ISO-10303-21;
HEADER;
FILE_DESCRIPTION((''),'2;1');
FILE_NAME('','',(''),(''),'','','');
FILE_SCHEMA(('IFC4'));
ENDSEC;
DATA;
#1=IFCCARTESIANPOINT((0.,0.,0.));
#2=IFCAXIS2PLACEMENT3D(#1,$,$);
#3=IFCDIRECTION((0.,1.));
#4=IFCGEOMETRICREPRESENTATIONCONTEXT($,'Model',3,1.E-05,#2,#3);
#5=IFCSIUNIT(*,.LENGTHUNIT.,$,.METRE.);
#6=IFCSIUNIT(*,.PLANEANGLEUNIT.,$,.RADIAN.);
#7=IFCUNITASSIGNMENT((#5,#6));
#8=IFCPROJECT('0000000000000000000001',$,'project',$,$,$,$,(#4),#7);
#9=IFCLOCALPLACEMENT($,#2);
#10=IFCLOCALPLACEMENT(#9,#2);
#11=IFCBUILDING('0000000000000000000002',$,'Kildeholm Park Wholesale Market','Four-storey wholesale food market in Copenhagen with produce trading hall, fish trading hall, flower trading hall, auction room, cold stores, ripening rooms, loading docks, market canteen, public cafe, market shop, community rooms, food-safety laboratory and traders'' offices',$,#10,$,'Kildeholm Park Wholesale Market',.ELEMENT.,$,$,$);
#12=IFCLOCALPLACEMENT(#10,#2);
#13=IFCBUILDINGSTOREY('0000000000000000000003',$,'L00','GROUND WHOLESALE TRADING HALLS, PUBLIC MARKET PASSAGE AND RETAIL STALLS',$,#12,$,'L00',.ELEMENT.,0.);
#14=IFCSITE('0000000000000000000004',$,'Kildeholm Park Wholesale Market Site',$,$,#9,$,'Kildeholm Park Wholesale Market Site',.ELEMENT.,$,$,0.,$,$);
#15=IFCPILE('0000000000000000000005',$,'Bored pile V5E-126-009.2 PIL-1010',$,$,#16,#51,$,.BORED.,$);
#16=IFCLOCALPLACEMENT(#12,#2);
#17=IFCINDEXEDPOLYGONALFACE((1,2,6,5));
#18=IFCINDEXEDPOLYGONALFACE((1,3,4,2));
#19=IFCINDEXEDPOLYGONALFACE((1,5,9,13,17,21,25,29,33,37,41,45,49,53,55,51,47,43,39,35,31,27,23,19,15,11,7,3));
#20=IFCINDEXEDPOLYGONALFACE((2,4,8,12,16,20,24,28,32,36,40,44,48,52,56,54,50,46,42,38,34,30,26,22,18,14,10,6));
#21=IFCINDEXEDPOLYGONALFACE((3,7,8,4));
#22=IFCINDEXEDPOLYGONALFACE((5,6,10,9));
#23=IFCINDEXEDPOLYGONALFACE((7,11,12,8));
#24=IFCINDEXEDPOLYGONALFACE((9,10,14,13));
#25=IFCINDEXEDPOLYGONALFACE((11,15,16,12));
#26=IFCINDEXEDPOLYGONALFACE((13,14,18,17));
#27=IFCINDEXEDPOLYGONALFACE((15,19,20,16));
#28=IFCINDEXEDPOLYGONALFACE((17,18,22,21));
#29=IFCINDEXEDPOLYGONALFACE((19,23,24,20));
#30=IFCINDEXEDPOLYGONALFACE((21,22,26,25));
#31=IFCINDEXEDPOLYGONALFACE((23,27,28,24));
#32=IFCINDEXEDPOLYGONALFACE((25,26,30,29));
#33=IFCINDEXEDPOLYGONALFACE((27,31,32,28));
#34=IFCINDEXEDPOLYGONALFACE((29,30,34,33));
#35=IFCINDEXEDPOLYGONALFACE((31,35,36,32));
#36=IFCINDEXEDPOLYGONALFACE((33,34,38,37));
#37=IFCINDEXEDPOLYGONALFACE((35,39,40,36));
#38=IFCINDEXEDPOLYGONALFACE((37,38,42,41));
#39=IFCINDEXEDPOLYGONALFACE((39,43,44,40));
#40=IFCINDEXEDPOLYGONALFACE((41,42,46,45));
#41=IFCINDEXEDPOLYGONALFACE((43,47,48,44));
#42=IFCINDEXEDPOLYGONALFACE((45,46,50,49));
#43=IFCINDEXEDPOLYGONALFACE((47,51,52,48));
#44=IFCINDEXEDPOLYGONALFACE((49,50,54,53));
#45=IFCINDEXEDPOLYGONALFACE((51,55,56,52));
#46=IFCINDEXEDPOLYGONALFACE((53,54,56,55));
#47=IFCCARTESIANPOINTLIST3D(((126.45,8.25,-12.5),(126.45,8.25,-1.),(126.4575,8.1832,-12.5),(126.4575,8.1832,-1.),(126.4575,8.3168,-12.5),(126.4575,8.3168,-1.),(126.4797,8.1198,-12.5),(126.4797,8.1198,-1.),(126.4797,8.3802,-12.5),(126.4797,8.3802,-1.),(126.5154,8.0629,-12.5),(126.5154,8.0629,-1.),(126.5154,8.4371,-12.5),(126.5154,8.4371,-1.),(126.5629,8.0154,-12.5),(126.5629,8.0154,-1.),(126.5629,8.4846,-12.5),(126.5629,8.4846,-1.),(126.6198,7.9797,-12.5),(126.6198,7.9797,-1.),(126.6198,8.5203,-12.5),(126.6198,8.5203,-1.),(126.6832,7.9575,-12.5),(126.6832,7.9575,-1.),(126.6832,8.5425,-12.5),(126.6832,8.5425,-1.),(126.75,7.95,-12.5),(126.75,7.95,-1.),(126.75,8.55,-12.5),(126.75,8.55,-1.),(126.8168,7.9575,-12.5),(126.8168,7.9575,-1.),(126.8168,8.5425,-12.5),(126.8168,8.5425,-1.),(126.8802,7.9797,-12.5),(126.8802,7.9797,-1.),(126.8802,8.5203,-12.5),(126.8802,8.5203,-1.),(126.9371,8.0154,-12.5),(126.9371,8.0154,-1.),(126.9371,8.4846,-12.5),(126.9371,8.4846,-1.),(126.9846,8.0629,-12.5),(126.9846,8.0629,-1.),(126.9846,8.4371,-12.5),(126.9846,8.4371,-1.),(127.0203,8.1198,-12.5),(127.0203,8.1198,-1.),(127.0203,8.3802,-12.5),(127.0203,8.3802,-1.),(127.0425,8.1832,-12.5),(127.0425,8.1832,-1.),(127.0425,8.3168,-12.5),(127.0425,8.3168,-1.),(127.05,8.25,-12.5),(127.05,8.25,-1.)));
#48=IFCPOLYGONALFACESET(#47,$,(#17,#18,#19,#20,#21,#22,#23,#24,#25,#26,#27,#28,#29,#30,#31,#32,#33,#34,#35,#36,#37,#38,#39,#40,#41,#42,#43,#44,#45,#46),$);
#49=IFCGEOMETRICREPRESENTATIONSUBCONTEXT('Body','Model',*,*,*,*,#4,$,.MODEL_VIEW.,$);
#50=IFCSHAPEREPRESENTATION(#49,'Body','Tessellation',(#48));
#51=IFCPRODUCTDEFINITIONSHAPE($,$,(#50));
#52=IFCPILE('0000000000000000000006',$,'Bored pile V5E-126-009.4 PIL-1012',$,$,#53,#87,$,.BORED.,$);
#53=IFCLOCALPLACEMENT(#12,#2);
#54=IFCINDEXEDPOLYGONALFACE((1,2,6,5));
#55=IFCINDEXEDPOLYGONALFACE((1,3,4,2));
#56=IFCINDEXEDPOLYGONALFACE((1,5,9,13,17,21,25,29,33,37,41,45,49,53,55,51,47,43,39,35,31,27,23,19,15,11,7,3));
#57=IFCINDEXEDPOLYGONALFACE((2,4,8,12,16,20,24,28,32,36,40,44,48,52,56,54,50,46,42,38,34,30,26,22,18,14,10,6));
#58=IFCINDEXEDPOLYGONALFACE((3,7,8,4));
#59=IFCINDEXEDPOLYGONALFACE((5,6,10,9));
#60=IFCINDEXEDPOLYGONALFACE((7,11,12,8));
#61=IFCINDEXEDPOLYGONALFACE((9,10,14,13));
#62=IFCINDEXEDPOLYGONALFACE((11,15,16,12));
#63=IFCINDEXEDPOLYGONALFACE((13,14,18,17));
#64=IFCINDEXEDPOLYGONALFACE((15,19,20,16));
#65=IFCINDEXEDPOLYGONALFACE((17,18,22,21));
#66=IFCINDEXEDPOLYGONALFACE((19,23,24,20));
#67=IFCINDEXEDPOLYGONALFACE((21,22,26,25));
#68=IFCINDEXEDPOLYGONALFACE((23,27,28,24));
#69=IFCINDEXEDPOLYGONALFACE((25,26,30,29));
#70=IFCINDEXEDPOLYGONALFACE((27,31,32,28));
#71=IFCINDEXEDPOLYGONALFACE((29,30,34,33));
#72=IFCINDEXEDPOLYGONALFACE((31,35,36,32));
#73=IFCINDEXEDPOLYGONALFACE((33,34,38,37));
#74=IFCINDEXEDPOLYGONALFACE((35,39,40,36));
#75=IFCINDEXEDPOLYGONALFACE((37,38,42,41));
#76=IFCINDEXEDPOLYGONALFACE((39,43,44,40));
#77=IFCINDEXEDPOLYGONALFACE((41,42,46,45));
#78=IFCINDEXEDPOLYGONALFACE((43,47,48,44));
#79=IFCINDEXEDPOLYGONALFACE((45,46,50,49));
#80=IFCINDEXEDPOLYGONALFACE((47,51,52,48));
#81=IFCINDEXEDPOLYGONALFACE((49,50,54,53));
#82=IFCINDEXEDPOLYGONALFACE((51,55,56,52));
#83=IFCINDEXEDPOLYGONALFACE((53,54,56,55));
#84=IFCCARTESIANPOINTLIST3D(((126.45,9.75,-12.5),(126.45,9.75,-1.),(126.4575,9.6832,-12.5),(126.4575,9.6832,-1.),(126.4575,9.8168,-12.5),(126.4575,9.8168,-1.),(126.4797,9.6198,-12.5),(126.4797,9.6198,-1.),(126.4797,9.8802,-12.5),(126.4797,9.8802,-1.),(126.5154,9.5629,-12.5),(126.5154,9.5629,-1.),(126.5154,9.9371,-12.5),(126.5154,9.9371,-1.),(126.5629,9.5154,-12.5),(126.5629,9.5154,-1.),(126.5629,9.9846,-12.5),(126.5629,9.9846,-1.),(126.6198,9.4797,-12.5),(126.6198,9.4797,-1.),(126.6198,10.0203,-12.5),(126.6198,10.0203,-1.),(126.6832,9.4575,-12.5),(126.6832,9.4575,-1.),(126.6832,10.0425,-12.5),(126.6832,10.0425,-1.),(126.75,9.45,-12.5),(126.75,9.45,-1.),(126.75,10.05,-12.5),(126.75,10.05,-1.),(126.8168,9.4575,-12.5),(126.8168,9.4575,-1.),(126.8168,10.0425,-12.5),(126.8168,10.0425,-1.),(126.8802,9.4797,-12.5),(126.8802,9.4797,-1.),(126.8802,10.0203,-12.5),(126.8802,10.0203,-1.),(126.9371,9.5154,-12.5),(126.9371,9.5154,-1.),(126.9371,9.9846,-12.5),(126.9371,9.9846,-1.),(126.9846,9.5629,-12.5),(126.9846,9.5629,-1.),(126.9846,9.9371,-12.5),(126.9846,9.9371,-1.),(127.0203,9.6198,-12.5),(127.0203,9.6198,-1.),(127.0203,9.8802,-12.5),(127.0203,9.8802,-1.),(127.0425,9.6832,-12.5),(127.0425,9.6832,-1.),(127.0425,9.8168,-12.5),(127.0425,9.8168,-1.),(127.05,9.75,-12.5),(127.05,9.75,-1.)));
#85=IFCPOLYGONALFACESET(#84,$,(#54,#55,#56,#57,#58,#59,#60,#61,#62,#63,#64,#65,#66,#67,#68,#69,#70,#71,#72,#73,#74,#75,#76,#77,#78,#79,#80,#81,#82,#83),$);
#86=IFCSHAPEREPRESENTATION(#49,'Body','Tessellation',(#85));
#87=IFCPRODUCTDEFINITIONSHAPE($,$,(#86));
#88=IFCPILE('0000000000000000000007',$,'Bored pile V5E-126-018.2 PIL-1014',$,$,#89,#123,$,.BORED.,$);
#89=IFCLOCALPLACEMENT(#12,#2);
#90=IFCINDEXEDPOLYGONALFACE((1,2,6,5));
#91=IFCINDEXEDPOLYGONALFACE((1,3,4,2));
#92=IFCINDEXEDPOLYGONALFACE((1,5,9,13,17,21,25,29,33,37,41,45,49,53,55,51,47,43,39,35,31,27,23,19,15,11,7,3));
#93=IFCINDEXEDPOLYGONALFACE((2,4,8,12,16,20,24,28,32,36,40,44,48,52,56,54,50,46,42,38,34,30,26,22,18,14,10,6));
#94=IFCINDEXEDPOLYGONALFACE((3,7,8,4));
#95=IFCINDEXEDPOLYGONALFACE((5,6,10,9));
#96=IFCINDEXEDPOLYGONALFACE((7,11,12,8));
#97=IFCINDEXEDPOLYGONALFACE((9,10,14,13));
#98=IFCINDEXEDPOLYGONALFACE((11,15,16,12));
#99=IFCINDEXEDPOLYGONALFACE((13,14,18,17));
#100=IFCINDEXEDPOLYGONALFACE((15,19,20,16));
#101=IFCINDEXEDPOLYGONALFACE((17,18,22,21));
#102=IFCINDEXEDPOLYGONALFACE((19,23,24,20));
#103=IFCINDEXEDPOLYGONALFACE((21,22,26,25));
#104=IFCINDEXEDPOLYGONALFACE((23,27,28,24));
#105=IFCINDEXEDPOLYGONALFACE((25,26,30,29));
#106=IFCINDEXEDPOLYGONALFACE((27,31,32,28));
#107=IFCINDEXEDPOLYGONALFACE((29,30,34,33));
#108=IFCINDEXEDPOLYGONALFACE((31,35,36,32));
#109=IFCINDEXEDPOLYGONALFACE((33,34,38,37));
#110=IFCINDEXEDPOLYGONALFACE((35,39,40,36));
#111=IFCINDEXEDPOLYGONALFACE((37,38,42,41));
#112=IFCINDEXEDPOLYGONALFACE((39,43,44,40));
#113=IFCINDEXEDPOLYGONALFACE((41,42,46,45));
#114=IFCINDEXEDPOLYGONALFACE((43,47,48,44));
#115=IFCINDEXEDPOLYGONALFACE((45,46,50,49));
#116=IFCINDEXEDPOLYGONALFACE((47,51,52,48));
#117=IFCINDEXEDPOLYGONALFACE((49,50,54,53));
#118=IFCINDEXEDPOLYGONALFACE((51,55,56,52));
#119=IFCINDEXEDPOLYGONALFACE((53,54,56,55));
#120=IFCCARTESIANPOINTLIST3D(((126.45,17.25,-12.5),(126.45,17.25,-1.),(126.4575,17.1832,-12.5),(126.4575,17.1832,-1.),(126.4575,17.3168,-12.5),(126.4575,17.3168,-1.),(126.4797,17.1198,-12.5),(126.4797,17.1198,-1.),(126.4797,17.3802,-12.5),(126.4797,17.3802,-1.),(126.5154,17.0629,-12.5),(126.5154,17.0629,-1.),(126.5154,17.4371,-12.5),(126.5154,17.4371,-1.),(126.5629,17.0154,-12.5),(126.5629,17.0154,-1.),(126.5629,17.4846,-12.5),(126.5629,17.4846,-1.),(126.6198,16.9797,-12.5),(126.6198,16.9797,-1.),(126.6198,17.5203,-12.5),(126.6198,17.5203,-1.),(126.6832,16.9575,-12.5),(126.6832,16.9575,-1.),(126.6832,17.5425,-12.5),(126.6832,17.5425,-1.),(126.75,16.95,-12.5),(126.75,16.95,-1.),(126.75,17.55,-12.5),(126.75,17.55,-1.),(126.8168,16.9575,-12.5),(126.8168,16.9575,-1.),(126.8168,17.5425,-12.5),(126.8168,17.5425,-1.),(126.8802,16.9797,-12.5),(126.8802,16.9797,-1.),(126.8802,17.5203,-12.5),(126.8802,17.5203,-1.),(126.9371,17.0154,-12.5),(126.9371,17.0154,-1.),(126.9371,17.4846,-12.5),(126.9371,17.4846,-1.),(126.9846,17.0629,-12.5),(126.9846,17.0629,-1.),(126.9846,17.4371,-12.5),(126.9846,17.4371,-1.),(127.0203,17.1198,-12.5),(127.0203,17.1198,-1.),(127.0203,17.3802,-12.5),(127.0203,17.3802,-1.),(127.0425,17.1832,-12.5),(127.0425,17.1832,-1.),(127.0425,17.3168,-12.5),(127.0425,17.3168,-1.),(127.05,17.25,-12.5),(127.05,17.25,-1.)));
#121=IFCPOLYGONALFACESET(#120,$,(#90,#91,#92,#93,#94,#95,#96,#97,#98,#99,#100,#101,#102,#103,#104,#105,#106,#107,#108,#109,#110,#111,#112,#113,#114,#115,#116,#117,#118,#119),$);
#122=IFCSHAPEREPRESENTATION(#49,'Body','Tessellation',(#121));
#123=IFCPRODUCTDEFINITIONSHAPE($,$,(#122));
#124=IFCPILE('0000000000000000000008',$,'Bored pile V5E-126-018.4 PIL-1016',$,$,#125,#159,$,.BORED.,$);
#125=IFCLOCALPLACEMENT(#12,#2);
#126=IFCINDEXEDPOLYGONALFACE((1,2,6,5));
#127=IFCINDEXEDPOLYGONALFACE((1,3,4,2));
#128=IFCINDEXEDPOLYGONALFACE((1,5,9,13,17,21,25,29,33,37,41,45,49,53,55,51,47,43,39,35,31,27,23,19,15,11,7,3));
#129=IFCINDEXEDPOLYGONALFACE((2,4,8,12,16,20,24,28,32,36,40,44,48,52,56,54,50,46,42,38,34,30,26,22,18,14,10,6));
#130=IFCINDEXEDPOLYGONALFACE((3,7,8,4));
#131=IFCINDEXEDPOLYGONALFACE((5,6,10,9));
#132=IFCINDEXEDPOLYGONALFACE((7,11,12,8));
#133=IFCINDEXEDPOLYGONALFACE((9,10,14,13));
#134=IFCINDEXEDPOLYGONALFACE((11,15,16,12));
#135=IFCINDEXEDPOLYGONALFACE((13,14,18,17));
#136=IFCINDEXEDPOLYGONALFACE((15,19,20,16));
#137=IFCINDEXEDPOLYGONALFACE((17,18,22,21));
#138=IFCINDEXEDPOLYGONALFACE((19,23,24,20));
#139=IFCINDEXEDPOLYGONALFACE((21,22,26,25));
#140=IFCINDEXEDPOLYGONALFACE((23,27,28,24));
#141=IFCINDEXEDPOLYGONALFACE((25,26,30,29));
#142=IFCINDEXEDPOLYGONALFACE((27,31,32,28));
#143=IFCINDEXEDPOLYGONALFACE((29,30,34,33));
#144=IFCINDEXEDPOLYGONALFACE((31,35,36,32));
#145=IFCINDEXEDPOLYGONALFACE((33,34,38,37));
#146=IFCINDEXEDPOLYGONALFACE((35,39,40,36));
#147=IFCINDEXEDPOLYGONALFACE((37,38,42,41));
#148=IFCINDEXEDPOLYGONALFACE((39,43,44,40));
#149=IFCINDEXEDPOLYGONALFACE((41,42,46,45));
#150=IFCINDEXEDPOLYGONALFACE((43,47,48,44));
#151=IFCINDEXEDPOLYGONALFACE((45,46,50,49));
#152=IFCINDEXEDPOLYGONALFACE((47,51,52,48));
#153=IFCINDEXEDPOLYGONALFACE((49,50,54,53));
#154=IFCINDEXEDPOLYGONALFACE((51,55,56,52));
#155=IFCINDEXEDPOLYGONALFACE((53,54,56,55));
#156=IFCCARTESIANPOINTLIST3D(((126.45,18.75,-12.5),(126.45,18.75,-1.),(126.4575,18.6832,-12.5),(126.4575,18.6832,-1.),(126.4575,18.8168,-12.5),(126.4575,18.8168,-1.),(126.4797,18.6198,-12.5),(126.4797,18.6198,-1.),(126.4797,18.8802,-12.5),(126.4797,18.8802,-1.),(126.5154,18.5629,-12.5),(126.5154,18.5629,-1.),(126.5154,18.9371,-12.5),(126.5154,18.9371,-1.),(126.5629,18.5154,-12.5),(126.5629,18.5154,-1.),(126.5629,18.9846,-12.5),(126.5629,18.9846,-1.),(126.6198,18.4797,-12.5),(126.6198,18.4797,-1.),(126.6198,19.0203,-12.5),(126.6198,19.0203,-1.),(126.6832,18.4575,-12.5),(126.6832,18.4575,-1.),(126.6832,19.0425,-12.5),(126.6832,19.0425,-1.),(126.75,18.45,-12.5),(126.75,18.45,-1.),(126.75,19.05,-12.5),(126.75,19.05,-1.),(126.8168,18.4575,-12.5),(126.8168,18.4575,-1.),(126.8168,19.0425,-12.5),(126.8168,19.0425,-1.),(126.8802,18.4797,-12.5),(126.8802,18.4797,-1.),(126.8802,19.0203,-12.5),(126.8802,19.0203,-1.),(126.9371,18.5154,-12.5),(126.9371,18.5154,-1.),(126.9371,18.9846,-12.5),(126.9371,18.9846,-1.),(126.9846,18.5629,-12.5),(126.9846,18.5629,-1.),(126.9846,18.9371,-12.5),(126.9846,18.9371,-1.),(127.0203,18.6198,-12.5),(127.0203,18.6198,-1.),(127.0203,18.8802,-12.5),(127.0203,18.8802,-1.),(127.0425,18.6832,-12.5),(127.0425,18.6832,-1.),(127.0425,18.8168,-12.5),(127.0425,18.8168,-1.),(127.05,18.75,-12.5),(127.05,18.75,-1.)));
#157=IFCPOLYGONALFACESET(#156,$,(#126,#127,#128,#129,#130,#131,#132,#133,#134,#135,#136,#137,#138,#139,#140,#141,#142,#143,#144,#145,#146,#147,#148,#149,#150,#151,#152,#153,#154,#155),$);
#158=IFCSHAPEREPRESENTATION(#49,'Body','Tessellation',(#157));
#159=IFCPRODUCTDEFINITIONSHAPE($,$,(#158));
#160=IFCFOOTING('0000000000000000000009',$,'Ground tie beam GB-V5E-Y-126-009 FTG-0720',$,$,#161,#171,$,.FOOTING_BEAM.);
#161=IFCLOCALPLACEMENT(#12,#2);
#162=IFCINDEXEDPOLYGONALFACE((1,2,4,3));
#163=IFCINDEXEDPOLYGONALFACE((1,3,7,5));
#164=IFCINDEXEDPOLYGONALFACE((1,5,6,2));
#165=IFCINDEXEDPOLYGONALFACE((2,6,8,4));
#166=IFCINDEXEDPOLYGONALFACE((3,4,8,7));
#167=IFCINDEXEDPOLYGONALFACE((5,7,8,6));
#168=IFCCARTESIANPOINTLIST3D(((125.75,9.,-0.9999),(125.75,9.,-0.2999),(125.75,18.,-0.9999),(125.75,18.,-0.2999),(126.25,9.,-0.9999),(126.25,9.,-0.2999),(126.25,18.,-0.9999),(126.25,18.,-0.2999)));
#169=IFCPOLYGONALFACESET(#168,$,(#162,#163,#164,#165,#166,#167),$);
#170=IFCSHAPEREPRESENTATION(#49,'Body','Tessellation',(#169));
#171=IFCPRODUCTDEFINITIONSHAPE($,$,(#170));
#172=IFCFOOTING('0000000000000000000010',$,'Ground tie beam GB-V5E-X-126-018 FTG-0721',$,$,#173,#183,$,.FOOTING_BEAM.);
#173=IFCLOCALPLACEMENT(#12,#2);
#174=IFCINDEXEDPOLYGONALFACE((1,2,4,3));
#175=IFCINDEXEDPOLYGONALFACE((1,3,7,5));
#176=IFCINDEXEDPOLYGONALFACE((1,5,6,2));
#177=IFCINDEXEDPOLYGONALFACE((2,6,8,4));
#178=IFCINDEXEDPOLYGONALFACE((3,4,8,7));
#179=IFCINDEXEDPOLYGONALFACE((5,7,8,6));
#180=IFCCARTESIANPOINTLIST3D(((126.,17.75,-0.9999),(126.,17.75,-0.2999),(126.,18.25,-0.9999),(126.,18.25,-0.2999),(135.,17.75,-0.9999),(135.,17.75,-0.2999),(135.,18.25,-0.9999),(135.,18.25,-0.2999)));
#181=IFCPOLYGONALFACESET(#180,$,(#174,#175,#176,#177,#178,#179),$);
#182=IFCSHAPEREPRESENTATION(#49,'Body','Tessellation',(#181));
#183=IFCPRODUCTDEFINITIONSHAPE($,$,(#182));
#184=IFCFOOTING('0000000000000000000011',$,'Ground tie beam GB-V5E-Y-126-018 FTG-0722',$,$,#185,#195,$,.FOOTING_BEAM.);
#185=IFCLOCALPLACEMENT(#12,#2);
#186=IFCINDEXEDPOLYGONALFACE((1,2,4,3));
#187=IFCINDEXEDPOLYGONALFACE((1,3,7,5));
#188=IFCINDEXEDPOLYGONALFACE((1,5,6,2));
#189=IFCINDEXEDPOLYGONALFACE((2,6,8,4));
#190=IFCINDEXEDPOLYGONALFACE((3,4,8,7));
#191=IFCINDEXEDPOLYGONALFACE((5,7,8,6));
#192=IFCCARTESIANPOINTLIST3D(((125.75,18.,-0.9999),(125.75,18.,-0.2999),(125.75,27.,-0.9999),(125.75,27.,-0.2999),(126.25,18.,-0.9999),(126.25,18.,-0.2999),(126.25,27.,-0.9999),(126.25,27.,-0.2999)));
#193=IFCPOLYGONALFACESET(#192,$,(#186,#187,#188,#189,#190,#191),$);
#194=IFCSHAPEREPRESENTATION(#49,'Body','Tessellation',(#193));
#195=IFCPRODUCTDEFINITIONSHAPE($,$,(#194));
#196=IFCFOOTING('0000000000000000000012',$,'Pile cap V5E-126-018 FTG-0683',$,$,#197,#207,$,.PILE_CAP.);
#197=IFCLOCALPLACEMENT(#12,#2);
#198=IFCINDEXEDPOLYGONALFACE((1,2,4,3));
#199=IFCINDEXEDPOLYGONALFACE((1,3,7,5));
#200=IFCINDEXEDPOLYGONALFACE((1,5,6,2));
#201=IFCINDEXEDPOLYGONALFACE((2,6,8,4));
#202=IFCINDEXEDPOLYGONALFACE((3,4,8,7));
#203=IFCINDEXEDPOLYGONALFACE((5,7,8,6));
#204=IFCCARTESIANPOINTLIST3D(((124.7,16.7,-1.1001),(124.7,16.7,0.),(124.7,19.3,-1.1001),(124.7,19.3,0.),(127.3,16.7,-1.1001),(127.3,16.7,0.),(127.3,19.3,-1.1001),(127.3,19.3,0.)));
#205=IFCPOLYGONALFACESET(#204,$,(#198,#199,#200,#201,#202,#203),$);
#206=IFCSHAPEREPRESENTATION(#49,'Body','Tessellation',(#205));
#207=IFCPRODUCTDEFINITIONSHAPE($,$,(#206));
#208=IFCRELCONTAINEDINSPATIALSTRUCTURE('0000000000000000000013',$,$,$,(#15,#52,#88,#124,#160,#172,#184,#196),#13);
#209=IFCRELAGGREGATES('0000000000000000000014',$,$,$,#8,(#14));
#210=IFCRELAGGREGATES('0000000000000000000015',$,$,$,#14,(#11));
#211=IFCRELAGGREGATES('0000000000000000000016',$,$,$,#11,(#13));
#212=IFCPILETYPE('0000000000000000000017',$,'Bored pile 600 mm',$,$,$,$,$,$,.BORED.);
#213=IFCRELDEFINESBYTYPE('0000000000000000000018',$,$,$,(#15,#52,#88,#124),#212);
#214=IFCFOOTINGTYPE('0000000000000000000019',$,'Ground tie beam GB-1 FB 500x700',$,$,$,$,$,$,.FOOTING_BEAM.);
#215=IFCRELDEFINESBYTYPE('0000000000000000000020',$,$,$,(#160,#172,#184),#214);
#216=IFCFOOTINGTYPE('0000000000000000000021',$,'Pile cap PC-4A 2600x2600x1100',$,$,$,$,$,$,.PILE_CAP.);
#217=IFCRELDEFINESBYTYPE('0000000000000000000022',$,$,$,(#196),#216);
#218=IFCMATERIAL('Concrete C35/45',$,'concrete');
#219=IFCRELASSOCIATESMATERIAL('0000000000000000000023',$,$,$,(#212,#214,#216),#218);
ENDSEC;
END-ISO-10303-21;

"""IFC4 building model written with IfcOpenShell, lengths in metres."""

from ifc_helpers import new_model, si_unit, direction, frame, origin, origin_2d, place, context, subcontext, project, spatial, rectangle, circle, extrude, material, material_profile, profile_set, type_object, element, save


model = new_model("IFC4")

# Units and contexts
model_context = context("Model", 3, precision=1e-05, world=origin(), true_north=direction((0.0, 1.0)))
body_context = subcontext(model_context, "Body", "Model", "MODEL_VIEW")
ifc_project = project(units=[si_unit("LENGTHUNIT", "METRE"), si_unit("PLANEANGLEUNIT", "RADIAN")], contexts=[model_context])

# Site, building, storey
site_placement = place(None, origin())
site = spatial("IfcSite", under=ifc_project, at=site_placement, Name="Kildeholm Park Wholesale Market Site", LongName="Kildeholm Park Wholesale Market Site", CompositionType="ELEMENT", RefElevation=0.0)
building_placement = place(site_placement, origin())
building = spatial("IfcBuilding", under=site, at=building_placement, Name="Kildeholm Park Wholesale Market", Description="Four-storey wholesale food market in Copenhagen with produce trading hall, fish trading hall, flower trading hall, auction room, cold stores, ripening rooms, loading docks, market canteen, public cafe, market shop, community rooms, food-safety laboratory and traders' offices", LongName="Kildeholm Park Wholesale Market", CompositionType="ELEMENT")
storey_placement = place(building_placement, origin())
storey = spatial("IfcBuildingStorey", under=building, at=storey_placement, Name="L00", Description="GROUND WHOLESALE TRADING HALLS, PUBLIC MARKET PASSAGE AND RETAIL STALLS", LongName="L00", CompositionType="ELEMENT", Elevation=0.0)

# Piles
ifc_material_1 = material(Name="Concrete C35/45", Category="concrete")
ifc_material_profile_1 = material_profile(ifc_material_1, circle(Radius=0.3, at=origin_2d()), Name="PILE D600")
ifc_profile_set_1 = profile_set([ifc_material_profile_1], Name="Concrete C35/45")
pile_type = type_object("IfcPileType", Name="Bored pile 600 mm", PredefinedType="BORED", material=ifc_profile_set_1)
for number, where, z_axis, x_axis, name in (
    (1, (126.75, 8.25, -1.0), (0.0, 0.0, -1.0), (1.0, 0.0, 0.0), "Bored pile V5E-126-009.2 PIL-1010"),
    (2, (126.75, 9.75, -1.0), (0.0, 0.0, -1.0), (1.0, 0.0, 0.0), "Bored pile V5E-126-009.4 PIL-1012"),
    (3, (126.75, 17.25, -1.0), (0.0, 0.0, -1.0), (1.0, 0.0, 0.0), "Bored pile V5E-126-018.2 PIL-1014"),
    (4, (126.75, 18.75, -1.0), (0.0, 0.0, -1.0), (1.0, 0.0, 0.0), "Bored pile V5E-126-018.4 PIL-1016"),
):
    element("IfcPile", number, at=place(storey_placement, frame(where, z_axis=z_axis, x_axis=x_axis)), inside=storey, type_object=pile_type, Name=name, PredefinedType="BORED", context=body_context, shape_type="SweptSolid", body=[
        extrude(circle(Radius=0.3, at=origin_2d()), origin(), (0.0, 0.0, 1.0), 11.5),
    ])

# Footings
ifc_material_profile_2 = material_profile(ifc_material_1, rectangle(XDim=0.5, YDim=0.7, at=origin_2d()), Name="FB 500x700")
ifc_profile_set_2 = profile_set([ifc_material_profile_2], Name="Concrete C35/45")
footing_type_1 = type_object("IfcFootingType", Name="Ground tie beam GB-1 FB 500x700", PredefinedType="FOOTING_BEAM", material=ifc_profile_set_2)
for number, where, z_axis, x_axis, name in (
    (5, (126.0, 9.0, -0.6499), (0.0, 1.0, 0.0), (-1.0, 0.0, 0.0), "Ground tie beam GB-V5E-Y-126-009 FTG-0720"),
    (6, (126.0, 18.0, -0.6499), (1.0, 0.0, 0.0), (0.0, 1.0, 0.0), "Ground tie beam GB-V5E-X-126-018 FTG-0721"),
    (7, (126.0, 18.0, -0.6499), (0.0, 1.0, 0.0), (-1.0, 0.0, 0.0), "Ground tie beam GB-V5E-Y-126-018 FTG-0722"),
):
    element("IfcFooting", number, at=place(storey_placement, frame(where, z_axis=z_axis, x_axis=x_axis)), inside=storey, type_object=footing_type_1, Name=name, PredefinedType="FOOTING_BEAM", context=body_context, shape_type="SweptSolid", body=[
        extrude(rectangle(XDim=0.5, YDim=0.7, at=origin_2d()), origin(), (0.0, 0.0, 1.0), 9.0),
    ])
footing_type_2 = type_object("IfcFootingType", Name="Pile cap PC-4A 2600x2600x1100", PredefinedType="PILE_CAP", material=ifc_material_1)
footing_placement = place(storey_placement, frame((126.0, 18.0, -1.1001), z_axis=(0.0, 0.0, 1.0), x_axis=(1.0, 0.0, 0.0)))
element("IfcFooting", 8, at=footing_placement, inside=storey, type_object=footing_type_2, Name="Pile cap V5E-126-018 FTG-0683", PredefinedType="PILE_CAP", context=body_context, shape_type="SweptSolid", body=[
    extrude(rectangle(XDim=2.6001, YDim=2.6001, at=origin_2d()), origin(), (0.0, 0.0, 1.0), 1.1001),
])

save(model, "model.ifc")
